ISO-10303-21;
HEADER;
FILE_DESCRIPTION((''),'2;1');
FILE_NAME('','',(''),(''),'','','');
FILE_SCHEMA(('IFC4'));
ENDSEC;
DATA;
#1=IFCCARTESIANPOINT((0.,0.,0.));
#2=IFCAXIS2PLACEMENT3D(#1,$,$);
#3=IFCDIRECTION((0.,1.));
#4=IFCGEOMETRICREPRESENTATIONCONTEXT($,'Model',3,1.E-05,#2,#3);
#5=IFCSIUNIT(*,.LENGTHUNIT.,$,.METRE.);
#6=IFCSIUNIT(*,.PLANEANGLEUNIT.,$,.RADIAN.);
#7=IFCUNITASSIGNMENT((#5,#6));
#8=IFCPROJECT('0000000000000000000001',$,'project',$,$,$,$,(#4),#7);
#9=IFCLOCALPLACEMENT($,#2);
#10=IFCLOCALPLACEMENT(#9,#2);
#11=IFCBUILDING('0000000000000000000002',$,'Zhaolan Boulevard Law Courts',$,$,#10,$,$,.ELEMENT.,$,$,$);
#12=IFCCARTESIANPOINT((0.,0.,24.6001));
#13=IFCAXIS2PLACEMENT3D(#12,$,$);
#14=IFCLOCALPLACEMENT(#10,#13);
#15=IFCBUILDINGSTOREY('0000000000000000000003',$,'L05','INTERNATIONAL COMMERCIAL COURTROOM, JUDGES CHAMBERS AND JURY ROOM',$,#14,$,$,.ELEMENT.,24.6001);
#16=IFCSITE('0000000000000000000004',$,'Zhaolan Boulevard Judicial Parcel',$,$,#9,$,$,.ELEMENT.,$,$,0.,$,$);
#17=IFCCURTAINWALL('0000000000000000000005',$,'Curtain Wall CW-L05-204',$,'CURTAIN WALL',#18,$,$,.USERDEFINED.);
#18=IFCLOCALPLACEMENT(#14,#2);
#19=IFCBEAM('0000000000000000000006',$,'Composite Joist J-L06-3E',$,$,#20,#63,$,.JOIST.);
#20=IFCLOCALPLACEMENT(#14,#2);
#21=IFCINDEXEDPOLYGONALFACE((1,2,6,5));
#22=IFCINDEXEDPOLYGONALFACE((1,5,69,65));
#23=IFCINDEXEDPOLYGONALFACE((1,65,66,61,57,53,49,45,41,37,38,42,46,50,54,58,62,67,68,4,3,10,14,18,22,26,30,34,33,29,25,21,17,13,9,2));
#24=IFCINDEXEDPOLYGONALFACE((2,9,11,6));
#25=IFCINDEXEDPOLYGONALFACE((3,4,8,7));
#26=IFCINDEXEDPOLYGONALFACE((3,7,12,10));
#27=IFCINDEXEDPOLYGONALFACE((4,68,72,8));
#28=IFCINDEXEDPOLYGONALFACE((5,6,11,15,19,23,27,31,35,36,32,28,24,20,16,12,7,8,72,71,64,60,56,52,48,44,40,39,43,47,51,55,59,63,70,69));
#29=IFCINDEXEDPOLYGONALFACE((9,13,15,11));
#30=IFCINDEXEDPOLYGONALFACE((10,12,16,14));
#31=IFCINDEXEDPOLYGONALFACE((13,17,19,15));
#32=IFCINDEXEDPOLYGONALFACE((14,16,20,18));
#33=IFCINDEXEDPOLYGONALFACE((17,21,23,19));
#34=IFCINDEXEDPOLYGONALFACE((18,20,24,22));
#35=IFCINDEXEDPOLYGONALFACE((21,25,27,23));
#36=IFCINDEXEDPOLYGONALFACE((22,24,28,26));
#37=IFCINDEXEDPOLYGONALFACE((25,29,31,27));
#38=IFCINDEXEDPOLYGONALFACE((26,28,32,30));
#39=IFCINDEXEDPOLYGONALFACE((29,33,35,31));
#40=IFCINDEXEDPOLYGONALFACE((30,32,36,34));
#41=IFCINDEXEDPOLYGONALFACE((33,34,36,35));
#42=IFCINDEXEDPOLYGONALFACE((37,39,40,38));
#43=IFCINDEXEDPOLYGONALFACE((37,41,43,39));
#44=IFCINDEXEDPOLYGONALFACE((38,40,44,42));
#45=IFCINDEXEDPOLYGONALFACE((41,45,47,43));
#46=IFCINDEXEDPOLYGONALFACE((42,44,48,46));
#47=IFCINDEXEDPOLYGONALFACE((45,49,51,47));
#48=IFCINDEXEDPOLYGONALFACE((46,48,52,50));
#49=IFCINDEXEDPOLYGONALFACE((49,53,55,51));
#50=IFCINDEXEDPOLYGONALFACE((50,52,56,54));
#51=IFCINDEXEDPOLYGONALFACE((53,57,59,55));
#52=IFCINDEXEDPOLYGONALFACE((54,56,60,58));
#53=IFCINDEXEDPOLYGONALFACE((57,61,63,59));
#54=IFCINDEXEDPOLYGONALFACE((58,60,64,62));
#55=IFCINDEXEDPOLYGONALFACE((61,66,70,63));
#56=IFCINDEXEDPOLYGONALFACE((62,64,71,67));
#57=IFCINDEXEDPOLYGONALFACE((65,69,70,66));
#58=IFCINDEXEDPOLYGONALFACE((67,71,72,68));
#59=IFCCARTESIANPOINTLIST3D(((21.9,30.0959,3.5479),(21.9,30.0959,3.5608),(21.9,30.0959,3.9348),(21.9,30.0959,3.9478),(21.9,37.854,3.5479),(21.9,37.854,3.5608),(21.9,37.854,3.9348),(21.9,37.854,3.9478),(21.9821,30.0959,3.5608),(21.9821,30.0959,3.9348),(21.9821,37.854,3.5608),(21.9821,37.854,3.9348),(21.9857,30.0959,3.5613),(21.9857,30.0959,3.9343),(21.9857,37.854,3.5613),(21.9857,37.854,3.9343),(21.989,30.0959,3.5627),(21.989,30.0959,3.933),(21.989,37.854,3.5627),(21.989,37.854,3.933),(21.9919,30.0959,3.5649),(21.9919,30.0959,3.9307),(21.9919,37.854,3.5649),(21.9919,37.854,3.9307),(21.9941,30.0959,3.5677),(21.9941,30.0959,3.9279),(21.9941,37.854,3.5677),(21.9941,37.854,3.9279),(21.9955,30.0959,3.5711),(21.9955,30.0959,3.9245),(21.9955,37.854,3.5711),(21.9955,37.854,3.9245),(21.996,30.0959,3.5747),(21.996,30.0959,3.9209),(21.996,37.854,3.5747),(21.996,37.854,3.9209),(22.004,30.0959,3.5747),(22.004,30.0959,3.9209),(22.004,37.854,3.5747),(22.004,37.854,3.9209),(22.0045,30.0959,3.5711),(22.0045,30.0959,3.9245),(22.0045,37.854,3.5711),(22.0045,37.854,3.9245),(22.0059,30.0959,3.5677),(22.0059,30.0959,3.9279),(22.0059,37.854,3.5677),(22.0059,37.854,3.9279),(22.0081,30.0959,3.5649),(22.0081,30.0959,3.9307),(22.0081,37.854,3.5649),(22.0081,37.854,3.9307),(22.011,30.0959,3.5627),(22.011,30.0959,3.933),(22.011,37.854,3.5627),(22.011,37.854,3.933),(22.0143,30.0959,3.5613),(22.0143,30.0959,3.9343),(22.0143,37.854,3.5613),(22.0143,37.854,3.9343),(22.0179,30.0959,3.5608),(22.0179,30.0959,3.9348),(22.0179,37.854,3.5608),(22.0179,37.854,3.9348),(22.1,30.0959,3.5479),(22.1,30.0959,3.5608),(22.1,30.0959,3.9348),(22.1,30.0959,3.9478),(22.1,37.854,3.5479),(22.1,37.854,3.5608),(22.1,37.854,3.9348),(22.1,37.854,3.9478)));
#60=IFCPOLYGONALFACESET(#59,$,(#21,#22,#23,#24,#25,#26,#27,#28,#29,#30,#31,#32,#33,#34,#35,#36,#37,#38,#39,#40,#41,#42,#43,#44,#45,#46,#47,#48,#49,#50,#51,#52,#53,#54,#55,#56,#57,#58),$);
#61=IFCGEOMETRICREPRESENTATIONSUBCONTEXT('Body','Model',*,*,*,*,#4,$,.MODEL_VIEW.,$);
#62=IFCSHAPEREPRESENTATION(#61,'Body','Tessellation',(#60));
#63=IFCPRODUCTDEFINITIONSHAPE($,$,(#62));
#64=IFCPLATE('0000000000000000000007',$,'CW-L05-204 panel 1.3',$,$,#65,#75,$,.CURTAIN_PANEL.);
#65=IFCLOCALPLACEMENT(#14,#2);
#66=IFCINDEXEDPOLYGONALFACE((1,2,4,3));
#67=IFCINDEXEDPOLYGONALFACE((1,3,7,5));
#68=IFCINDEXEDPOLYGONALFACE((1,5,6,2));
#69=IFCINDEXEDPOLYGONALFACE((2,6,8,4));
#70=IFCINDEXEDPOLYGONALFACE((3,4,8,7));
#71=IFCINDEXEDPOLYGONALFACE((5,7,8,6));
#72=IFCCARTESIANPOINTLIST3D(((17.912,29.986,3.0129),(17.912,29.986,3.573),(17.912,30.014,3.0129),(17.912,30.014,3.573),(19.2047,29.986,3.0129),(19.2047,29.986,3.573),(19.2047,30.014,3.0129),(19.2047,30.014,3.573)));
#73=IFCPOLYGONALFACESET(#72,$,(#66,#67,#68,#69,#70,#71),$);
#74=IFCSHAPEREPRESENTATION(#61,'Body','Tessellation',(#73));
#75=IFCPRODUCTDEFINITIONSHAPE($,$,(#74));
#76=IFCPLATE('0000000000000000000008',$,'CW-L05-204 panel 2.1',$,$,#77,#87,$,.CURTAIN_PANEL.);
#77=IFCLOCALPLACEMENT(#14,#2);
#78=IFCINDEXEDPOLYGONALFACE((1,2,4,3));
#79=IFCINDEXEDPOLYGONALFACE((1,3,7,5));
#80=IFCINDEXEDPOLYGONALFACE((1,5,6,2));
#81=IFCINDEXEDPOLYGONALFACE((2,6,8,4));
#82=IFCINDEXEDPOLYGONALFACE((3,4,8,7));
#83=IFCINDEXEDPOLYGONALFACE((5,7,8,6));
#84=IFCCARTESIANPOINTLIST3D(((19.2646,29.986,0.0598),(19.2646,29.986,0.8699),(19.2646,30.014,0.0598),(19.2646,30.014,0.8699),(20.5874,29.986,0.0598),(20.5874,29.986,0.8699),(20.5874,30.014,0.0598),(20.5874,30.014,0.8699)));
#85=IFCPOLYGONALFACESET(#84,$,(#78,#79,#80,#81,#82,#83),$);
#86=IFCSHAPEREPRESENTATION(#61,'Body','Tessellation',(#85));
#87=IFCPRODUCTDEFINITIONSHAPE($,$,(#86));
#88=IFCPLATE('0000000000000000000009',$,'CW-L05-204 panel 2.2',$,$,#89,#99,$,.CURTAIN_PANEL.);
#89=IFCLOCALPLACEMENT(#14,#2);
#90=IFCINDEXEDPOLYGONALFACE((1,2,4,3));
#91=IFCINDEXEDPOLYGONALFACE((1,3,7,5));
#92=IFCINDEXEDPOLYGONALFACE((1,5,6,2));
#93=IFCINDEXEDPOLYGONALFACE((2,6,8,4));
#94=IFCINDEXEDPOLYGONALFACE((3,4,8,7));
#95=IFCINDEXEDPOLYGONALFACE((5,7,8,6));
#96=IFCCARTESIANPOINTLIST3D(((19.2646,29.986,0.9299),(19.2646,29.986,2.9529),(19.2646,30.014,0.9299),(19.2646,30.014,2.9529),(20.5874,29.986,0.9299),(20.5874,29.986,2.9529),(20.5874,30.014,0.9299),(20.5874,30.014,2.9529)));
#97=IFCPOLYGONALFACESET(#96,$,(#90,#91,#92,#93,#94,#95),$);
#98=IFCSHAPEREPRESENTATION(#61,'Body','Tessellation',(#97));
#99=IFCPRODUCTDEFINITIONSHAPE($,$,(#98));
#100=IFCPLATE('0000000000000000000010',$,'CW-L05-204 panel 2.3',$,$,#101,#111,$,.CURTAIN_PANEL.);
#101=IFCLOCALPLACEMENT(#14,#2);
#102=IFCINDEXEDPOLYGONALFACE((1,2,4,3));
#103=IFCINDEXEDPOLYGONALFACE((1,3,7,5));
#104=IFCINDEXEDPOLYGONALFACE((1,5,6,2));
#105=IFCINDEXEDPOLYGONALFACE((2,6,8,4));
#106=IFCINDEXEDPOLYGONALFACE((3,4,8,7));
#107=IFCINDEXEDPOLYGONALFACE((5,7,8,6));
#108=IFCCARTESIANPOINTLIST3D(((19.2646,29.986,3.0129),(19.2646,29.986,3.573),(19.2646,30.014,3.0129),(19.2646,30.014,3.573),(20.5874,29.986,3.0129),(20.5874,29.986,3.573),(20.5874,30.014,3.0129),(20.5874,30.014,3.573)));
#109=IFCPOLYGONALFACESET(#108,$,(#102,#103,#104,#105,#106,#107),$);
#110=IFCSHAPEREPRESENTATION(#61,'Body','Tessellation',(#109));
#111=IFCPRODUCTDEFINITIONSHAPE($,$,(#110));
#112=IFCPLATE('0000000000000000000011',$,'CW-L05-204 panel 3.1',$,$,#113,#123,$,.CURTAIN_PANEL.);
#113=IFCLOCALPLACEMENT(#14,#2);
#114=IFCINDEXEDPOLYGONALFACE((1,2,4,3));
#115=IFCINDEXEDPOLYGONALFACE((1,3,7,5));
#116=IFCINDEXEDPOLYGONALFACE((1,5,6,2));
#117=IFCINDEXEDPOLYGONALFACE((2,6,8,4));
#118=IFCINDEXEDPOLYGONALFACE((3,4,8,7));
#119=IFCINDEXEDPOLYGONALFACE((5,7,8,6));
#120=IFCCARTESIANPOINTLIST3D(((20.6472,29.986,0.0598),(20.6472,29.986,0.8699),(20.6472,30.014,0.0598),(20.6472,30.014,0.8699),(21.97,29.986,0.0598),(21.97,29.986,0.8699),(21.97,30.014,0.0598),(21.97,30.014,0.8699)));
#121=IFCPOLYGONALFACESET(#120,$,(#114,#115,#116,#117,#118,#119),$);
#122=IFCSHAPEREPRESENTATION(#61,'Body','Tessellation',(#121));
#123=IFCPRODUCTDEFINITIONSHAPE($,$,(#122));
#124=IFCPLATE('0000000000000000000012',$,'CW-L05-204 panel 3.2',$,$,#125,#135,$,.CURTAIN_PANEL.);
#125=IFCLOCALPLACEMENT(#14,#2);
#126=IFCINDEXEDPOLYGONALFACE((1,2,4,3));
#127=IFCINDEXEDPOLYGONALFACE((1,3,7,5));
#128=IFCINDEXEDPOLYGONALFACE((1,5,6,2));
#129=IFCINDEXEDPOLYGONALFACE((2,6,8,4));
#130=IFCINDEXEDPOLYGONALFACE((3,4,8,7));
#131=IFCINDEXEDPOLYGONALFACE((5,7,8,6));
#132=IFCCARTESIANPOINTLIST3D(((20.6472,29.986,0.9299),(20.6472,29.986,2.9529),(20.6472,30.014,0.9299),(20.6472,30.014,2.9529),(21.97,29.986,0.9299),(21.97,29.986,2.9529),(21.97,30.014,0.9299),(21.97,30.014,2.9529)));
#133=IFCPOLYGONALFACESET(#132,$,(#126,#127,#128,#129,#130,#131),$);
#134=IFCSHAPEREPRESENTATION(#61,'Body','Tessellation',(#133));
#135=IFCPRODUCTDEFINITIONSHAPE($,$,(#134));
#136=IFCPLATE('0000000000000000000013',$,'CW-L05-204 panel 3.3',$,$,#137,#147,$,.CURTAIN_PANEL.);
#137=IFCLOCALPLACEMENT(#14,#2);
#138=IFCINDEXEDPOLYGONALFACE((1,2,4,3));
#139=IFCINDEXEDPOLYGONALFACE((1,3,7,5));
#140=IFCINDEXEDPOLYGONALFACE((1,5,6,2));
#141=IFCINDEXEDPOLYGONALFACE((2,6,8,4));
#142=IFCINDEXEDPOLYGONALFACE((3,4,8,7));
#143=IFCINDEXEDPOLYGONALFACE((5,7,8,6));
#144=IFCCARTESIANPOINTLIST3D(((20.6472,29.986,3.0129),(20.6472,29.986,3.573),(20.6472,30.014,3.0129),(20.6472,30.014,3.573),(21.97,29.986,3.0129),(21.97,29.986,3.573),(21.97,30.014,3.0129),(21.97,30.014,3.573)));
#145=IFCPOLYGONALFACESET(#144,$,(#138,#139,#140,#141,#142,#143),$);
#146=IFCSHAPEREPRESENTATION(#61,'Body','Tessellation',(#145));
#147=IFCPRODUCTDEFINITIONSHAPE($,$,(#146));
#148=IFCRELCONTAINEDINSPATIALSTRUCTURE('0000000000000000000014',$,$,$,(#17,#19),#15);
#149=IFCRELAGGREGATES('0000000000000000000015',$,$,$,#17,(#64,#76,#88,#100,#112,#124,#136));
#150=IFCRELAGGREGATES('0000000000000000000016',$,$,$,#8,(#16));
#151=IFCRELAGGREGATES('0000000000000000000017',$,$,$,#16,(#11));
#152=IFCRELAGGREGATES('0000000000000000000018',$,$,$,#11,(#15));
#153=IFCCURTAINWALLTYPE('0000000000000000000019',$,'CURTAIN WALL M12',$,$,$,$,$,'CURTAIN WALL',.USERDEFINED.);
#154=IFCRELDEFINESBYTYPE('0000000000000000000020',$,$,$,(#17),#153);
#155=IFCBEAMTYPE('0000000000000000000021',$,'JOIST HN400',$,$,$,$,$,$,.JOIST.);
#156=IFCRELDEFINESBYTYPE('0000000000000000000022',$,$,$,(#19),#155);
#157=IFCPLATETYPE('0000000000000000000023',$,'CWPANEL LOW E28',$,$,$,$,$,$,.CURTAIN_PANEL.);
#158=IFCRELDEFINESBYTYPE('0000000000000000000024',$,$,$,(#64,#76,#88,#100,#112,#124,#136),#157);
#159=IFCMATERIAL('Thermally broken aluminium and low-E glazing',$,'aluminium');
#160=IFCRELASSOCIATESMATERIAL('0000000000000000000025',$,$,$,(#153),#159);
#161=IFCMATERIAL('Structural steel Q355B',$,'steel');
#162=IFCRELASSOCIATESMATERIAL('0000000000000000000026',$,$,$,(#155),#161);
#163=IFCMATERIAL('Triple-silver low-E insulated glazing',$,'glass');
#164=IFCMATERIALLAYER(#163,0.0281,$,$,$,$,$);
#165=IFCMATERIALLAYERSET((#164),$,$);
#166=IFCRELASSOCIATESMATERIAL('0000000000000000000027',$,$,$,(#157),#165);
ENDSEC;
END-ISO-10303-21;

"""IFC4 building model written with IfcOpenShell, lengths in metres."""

from ifc_helpers import new_model, si_unit, direction, frame, origin, origin_2d, place, context, subcontext, project, spatial, rectangle, i_section, extrude, material, layer, layer_set, material_profile, profile_set, type_object, element, aggregate, save


model = new_model("IFC4")

# Units and contexts
model_context = context("Model", 3, precision=1e-05, world=origin(), true_north=direction((0.0, 1.0)))
body_context = subcontext(model_context, "Body", "Model", "MODEL_VIEW")
ifc_project = project(units=[si_unit("LENGTHUNIT", "METRE"), si_unit("PLANEANGLEUNIT", "RADIAN")], contexts=[model_context])

# Site, building, storey
site_placement = place(None, origin())
site = spatial("IfcSite", under=ifc_project, at=site_placement, Name="Zhaolan Boulevard Judicial Parcel", CompositionType="ELEMENT", RefElevation=0.0)
building_placement = place(site_placement, origin())
building = spatial("IfcBuilding", under=site, at=building_placement, Name="Zhaolan Boulevard Law Courts", CompositionType="ELEMENT")
storey_placement = place(building_placement, frame((0.0, 0.0, 24.6001)))
storey = spatial("IfcBuildingStorey", under=building, at=storey_placement, Name="L05", Description="INTERNATIONAL COMMERCIAL COURTROOM, JUDGES CHAMBERS AND JURY ROOM", CompositionType="ELEMENT", Elevation=24.6001)

# Curtain wall
ifc_material_1 = material(Name="Thermally broken aluminium and low-E glazing", Category="aluminium")
curtain_wall_type = type_object("IfcCurtainWallType", Name="CURTAIN WALL M12", ElementType="CURTAIN WALL", PredefinedType="USERDEFINED", material=ifc_material_1)
curtain_wall_placement = place(storey_placement, origin())
curtain_wall = element("IfcCurtainWall", 1, at=curtain_wall_placement, inside=storey, type_object=curtain_wall_type, Name="Curtain Wall CW-L05-204", ObjectType="CURTAIN WALL", PredefinedType="USERDEFINED")

# Beam
ifc_material_2 = material(Name="Structural steel Q355B", Category="steel")
ifc_material_profile_1 = material_profile(ifc_material_2, i_section(OverallWidth=0.2, OverallDepth=0.3999, WebThickness=0.0081, FlangeThickness=0.0129, FilletRadius=0.0139, at=origin_2d()), Name="HN400x200")
ifc_profile_set_1 = profile_set([ifc_material_profile_1], Name="Structural steel Q355B")
beam_type = type_object("IfcBeamType", Name="JOIST HN400", PredefinedType="JOIST", material=ifc_profile_set_1)
beam_placement = place(storey_placement, frame((22.0, 30.0959, 3.7478), z_axis=(0.0, 1.0, 0.0), x_axis=(-1.0, 0.0, 0.0)))
element("IfcBeam", 2, at=beam_placement, inside=storey, type_object=beam_type, Name="Composite Joist J-L06-3E", PredefinedType="JOIST", context=body_context, shape_type="SweptSolid", body=[
    extrude(i_section(OverallWidth=0.2, OverallDepth=0.3999, WebThickness=0.0081, FlangeThickness=0.0129, FilletRadius=0.0139, at=origin_2d()), origin(), (0.0, 0.0, 1.0), 7.7581),
])

# Plates
ifc_material_3 = material(Name="Triple-silver low-E insulated glazing", Category="glass")
ifc_layer = layer(ifc_material_3, 0.0281)
ifc_layer_set = layer_set([ifc_layer])
plate_type = type_object("IfcPlateType", Name="CWPANEL LOW E28", PredefinedType="CURTAIN_PANEL", material=ifc_layer_set)
plate_1_placement = place(storey_placement, frame((18.5583, 30.0, 3.0129), z_axis=(0.0, 0.0, 1.0), x_axis=(1.0, 0.0, 0.0)))
plate_1 = element("IfcPlate", 3, at=plate_1_placement, type_object=plate_type, Name="CW-L05-204 panel 1.3", PredefinedType="CURTAIN_PANEL", context=body_context, shape_type="SweptSolid", body=[
    extrude(rectangle(XDim=1.2927, YDim=0.0281, at=origin_2d()), origin(), (0.0, 0.0, 1.0), 0.5601),
])
plate_2_placement = place(storey_placement, frame((19.926, 30.0, 0.0598), z_axis=(0.0, 0.0, 1.0), x_axis=(1.0, 0.0, 0.0)))
plate_2 = element("IfcPlate", 4, at=plate_2_placement, type_object=plate_type, Name="CW-L05-204 panel 2.1", PredefinedType="CURTAIN_PANEL", context=body_context, shape_type="SweptSolid", body=[
    extrude(rectangle(XDim=1.3228, YDim=0.0281, at=origin_2d()), origin(), (0.0, 0.0, 1.0), 0.8101),
])
plate_3_placement = place(storey_placement, frame((19.926, 30.0, 0.9299), z_axis=(0.0, 0.0, 1.0), x_axis=(1.0, 0.0, 0.0)))
plate_3 = element("IfcPlate", 5, at=plate_3_placement, type_object=plate_type, Name="CW-L05-204 panel 2.2", PredefinedType="CURTAIN_PANEL", context=body_context, shape_type="SweptSolid", body=[
    extrude(rectangle(XDim=1.3228, YDim=0.0281, at=origin_2d()), origin(), (0.0, 0.0, 1.0), 2.0229),
])
plate_4_placement = place(storey_placement, frame((19.926, 30.0, 3.0129), z_axis=(0.0, 0.0, 1.0), x_axis=(1.0, 0.0, 0.0)))
plate_4 = element("IfcPlate", 6, at=plate_4_placement, type_object=plate_type, Name="CW-L05-204 panel 2.3", PredefinedType="CURTAIN_PANEL", context=body_context, shape_type="SweptSolid", body=[
    extrude(rectangle(XDim=1.3228, YDim=0.0281, at=origin_2d()), origin(), (0.0, 0.0, 1.0), 0.5601),
])
plate_5_placement = place(storey_placement, frame((21.3086, 30.0, 0.0598), z_axis=(0.0, 0.0, 1.0), x_axis=(1.0, 0.0, 0.0)))
plate_5 = element("IfcPlate", 7, at=plate_5_placement, type_object=plate_type, Name="CW-L05-204 panel 3.1", PredefinedType="CURTAIN_PANEL", context=body_context, shape_type="SweptSolid", body=[
    extrude(rectangle(XDim=1.3228, YDim=0.0281, at=origin_2d()), origin(), (0.0, 0.0, 1.0), 0.8101),
])
plate_6_placement = place(storey_placement, frame((21.3086, 30.0, 0.9299), z_axis=(0.0, 0.0, 1.0), x_axis=(1.0, 0.0, 0.0)))
plate_6 = element("IfcPlate", 8, at=plate_6_placement, type_object=plate_type, Name="CW-L05-204 panel 3.2", PredefinedType="CURTAIN_PANEL", context=body_context, shape_type="SweptSolid", body=[
    extrude(rectangle(XDim=1.3228, YDim=0.0281, at=origin_2d()), origin(), (0.0, 0.0, 1.0), 2.0229),
])
plate_7_placement = place(storey_placement, frame((21.3086, 30.0, 3.0129), z_axis=(0.0, 0.0, 1.0), x_axis=(1.0, 0.0, 0.0)))
plate_7 = element("IfcPlate", 9, at=plate_7_placement, type_object=plate_type, Name="CW-L05-204 panel 3.3", PredefinedType="CURTAIN_PANEL", context=body_context, shape_type="SweptSolid", body=[
    extrude(rectangle(XDim=1.3228, YDim=0.0281, at=origin_2d()), origin(), (0.0, 0.0, 1.0), 0.5601),
])
aggregate(curtain_wall, [plate_1, plate_2, plate_3, plate_4, plate_5, plate_6, plate_7])

save(model, "model.ifc")
